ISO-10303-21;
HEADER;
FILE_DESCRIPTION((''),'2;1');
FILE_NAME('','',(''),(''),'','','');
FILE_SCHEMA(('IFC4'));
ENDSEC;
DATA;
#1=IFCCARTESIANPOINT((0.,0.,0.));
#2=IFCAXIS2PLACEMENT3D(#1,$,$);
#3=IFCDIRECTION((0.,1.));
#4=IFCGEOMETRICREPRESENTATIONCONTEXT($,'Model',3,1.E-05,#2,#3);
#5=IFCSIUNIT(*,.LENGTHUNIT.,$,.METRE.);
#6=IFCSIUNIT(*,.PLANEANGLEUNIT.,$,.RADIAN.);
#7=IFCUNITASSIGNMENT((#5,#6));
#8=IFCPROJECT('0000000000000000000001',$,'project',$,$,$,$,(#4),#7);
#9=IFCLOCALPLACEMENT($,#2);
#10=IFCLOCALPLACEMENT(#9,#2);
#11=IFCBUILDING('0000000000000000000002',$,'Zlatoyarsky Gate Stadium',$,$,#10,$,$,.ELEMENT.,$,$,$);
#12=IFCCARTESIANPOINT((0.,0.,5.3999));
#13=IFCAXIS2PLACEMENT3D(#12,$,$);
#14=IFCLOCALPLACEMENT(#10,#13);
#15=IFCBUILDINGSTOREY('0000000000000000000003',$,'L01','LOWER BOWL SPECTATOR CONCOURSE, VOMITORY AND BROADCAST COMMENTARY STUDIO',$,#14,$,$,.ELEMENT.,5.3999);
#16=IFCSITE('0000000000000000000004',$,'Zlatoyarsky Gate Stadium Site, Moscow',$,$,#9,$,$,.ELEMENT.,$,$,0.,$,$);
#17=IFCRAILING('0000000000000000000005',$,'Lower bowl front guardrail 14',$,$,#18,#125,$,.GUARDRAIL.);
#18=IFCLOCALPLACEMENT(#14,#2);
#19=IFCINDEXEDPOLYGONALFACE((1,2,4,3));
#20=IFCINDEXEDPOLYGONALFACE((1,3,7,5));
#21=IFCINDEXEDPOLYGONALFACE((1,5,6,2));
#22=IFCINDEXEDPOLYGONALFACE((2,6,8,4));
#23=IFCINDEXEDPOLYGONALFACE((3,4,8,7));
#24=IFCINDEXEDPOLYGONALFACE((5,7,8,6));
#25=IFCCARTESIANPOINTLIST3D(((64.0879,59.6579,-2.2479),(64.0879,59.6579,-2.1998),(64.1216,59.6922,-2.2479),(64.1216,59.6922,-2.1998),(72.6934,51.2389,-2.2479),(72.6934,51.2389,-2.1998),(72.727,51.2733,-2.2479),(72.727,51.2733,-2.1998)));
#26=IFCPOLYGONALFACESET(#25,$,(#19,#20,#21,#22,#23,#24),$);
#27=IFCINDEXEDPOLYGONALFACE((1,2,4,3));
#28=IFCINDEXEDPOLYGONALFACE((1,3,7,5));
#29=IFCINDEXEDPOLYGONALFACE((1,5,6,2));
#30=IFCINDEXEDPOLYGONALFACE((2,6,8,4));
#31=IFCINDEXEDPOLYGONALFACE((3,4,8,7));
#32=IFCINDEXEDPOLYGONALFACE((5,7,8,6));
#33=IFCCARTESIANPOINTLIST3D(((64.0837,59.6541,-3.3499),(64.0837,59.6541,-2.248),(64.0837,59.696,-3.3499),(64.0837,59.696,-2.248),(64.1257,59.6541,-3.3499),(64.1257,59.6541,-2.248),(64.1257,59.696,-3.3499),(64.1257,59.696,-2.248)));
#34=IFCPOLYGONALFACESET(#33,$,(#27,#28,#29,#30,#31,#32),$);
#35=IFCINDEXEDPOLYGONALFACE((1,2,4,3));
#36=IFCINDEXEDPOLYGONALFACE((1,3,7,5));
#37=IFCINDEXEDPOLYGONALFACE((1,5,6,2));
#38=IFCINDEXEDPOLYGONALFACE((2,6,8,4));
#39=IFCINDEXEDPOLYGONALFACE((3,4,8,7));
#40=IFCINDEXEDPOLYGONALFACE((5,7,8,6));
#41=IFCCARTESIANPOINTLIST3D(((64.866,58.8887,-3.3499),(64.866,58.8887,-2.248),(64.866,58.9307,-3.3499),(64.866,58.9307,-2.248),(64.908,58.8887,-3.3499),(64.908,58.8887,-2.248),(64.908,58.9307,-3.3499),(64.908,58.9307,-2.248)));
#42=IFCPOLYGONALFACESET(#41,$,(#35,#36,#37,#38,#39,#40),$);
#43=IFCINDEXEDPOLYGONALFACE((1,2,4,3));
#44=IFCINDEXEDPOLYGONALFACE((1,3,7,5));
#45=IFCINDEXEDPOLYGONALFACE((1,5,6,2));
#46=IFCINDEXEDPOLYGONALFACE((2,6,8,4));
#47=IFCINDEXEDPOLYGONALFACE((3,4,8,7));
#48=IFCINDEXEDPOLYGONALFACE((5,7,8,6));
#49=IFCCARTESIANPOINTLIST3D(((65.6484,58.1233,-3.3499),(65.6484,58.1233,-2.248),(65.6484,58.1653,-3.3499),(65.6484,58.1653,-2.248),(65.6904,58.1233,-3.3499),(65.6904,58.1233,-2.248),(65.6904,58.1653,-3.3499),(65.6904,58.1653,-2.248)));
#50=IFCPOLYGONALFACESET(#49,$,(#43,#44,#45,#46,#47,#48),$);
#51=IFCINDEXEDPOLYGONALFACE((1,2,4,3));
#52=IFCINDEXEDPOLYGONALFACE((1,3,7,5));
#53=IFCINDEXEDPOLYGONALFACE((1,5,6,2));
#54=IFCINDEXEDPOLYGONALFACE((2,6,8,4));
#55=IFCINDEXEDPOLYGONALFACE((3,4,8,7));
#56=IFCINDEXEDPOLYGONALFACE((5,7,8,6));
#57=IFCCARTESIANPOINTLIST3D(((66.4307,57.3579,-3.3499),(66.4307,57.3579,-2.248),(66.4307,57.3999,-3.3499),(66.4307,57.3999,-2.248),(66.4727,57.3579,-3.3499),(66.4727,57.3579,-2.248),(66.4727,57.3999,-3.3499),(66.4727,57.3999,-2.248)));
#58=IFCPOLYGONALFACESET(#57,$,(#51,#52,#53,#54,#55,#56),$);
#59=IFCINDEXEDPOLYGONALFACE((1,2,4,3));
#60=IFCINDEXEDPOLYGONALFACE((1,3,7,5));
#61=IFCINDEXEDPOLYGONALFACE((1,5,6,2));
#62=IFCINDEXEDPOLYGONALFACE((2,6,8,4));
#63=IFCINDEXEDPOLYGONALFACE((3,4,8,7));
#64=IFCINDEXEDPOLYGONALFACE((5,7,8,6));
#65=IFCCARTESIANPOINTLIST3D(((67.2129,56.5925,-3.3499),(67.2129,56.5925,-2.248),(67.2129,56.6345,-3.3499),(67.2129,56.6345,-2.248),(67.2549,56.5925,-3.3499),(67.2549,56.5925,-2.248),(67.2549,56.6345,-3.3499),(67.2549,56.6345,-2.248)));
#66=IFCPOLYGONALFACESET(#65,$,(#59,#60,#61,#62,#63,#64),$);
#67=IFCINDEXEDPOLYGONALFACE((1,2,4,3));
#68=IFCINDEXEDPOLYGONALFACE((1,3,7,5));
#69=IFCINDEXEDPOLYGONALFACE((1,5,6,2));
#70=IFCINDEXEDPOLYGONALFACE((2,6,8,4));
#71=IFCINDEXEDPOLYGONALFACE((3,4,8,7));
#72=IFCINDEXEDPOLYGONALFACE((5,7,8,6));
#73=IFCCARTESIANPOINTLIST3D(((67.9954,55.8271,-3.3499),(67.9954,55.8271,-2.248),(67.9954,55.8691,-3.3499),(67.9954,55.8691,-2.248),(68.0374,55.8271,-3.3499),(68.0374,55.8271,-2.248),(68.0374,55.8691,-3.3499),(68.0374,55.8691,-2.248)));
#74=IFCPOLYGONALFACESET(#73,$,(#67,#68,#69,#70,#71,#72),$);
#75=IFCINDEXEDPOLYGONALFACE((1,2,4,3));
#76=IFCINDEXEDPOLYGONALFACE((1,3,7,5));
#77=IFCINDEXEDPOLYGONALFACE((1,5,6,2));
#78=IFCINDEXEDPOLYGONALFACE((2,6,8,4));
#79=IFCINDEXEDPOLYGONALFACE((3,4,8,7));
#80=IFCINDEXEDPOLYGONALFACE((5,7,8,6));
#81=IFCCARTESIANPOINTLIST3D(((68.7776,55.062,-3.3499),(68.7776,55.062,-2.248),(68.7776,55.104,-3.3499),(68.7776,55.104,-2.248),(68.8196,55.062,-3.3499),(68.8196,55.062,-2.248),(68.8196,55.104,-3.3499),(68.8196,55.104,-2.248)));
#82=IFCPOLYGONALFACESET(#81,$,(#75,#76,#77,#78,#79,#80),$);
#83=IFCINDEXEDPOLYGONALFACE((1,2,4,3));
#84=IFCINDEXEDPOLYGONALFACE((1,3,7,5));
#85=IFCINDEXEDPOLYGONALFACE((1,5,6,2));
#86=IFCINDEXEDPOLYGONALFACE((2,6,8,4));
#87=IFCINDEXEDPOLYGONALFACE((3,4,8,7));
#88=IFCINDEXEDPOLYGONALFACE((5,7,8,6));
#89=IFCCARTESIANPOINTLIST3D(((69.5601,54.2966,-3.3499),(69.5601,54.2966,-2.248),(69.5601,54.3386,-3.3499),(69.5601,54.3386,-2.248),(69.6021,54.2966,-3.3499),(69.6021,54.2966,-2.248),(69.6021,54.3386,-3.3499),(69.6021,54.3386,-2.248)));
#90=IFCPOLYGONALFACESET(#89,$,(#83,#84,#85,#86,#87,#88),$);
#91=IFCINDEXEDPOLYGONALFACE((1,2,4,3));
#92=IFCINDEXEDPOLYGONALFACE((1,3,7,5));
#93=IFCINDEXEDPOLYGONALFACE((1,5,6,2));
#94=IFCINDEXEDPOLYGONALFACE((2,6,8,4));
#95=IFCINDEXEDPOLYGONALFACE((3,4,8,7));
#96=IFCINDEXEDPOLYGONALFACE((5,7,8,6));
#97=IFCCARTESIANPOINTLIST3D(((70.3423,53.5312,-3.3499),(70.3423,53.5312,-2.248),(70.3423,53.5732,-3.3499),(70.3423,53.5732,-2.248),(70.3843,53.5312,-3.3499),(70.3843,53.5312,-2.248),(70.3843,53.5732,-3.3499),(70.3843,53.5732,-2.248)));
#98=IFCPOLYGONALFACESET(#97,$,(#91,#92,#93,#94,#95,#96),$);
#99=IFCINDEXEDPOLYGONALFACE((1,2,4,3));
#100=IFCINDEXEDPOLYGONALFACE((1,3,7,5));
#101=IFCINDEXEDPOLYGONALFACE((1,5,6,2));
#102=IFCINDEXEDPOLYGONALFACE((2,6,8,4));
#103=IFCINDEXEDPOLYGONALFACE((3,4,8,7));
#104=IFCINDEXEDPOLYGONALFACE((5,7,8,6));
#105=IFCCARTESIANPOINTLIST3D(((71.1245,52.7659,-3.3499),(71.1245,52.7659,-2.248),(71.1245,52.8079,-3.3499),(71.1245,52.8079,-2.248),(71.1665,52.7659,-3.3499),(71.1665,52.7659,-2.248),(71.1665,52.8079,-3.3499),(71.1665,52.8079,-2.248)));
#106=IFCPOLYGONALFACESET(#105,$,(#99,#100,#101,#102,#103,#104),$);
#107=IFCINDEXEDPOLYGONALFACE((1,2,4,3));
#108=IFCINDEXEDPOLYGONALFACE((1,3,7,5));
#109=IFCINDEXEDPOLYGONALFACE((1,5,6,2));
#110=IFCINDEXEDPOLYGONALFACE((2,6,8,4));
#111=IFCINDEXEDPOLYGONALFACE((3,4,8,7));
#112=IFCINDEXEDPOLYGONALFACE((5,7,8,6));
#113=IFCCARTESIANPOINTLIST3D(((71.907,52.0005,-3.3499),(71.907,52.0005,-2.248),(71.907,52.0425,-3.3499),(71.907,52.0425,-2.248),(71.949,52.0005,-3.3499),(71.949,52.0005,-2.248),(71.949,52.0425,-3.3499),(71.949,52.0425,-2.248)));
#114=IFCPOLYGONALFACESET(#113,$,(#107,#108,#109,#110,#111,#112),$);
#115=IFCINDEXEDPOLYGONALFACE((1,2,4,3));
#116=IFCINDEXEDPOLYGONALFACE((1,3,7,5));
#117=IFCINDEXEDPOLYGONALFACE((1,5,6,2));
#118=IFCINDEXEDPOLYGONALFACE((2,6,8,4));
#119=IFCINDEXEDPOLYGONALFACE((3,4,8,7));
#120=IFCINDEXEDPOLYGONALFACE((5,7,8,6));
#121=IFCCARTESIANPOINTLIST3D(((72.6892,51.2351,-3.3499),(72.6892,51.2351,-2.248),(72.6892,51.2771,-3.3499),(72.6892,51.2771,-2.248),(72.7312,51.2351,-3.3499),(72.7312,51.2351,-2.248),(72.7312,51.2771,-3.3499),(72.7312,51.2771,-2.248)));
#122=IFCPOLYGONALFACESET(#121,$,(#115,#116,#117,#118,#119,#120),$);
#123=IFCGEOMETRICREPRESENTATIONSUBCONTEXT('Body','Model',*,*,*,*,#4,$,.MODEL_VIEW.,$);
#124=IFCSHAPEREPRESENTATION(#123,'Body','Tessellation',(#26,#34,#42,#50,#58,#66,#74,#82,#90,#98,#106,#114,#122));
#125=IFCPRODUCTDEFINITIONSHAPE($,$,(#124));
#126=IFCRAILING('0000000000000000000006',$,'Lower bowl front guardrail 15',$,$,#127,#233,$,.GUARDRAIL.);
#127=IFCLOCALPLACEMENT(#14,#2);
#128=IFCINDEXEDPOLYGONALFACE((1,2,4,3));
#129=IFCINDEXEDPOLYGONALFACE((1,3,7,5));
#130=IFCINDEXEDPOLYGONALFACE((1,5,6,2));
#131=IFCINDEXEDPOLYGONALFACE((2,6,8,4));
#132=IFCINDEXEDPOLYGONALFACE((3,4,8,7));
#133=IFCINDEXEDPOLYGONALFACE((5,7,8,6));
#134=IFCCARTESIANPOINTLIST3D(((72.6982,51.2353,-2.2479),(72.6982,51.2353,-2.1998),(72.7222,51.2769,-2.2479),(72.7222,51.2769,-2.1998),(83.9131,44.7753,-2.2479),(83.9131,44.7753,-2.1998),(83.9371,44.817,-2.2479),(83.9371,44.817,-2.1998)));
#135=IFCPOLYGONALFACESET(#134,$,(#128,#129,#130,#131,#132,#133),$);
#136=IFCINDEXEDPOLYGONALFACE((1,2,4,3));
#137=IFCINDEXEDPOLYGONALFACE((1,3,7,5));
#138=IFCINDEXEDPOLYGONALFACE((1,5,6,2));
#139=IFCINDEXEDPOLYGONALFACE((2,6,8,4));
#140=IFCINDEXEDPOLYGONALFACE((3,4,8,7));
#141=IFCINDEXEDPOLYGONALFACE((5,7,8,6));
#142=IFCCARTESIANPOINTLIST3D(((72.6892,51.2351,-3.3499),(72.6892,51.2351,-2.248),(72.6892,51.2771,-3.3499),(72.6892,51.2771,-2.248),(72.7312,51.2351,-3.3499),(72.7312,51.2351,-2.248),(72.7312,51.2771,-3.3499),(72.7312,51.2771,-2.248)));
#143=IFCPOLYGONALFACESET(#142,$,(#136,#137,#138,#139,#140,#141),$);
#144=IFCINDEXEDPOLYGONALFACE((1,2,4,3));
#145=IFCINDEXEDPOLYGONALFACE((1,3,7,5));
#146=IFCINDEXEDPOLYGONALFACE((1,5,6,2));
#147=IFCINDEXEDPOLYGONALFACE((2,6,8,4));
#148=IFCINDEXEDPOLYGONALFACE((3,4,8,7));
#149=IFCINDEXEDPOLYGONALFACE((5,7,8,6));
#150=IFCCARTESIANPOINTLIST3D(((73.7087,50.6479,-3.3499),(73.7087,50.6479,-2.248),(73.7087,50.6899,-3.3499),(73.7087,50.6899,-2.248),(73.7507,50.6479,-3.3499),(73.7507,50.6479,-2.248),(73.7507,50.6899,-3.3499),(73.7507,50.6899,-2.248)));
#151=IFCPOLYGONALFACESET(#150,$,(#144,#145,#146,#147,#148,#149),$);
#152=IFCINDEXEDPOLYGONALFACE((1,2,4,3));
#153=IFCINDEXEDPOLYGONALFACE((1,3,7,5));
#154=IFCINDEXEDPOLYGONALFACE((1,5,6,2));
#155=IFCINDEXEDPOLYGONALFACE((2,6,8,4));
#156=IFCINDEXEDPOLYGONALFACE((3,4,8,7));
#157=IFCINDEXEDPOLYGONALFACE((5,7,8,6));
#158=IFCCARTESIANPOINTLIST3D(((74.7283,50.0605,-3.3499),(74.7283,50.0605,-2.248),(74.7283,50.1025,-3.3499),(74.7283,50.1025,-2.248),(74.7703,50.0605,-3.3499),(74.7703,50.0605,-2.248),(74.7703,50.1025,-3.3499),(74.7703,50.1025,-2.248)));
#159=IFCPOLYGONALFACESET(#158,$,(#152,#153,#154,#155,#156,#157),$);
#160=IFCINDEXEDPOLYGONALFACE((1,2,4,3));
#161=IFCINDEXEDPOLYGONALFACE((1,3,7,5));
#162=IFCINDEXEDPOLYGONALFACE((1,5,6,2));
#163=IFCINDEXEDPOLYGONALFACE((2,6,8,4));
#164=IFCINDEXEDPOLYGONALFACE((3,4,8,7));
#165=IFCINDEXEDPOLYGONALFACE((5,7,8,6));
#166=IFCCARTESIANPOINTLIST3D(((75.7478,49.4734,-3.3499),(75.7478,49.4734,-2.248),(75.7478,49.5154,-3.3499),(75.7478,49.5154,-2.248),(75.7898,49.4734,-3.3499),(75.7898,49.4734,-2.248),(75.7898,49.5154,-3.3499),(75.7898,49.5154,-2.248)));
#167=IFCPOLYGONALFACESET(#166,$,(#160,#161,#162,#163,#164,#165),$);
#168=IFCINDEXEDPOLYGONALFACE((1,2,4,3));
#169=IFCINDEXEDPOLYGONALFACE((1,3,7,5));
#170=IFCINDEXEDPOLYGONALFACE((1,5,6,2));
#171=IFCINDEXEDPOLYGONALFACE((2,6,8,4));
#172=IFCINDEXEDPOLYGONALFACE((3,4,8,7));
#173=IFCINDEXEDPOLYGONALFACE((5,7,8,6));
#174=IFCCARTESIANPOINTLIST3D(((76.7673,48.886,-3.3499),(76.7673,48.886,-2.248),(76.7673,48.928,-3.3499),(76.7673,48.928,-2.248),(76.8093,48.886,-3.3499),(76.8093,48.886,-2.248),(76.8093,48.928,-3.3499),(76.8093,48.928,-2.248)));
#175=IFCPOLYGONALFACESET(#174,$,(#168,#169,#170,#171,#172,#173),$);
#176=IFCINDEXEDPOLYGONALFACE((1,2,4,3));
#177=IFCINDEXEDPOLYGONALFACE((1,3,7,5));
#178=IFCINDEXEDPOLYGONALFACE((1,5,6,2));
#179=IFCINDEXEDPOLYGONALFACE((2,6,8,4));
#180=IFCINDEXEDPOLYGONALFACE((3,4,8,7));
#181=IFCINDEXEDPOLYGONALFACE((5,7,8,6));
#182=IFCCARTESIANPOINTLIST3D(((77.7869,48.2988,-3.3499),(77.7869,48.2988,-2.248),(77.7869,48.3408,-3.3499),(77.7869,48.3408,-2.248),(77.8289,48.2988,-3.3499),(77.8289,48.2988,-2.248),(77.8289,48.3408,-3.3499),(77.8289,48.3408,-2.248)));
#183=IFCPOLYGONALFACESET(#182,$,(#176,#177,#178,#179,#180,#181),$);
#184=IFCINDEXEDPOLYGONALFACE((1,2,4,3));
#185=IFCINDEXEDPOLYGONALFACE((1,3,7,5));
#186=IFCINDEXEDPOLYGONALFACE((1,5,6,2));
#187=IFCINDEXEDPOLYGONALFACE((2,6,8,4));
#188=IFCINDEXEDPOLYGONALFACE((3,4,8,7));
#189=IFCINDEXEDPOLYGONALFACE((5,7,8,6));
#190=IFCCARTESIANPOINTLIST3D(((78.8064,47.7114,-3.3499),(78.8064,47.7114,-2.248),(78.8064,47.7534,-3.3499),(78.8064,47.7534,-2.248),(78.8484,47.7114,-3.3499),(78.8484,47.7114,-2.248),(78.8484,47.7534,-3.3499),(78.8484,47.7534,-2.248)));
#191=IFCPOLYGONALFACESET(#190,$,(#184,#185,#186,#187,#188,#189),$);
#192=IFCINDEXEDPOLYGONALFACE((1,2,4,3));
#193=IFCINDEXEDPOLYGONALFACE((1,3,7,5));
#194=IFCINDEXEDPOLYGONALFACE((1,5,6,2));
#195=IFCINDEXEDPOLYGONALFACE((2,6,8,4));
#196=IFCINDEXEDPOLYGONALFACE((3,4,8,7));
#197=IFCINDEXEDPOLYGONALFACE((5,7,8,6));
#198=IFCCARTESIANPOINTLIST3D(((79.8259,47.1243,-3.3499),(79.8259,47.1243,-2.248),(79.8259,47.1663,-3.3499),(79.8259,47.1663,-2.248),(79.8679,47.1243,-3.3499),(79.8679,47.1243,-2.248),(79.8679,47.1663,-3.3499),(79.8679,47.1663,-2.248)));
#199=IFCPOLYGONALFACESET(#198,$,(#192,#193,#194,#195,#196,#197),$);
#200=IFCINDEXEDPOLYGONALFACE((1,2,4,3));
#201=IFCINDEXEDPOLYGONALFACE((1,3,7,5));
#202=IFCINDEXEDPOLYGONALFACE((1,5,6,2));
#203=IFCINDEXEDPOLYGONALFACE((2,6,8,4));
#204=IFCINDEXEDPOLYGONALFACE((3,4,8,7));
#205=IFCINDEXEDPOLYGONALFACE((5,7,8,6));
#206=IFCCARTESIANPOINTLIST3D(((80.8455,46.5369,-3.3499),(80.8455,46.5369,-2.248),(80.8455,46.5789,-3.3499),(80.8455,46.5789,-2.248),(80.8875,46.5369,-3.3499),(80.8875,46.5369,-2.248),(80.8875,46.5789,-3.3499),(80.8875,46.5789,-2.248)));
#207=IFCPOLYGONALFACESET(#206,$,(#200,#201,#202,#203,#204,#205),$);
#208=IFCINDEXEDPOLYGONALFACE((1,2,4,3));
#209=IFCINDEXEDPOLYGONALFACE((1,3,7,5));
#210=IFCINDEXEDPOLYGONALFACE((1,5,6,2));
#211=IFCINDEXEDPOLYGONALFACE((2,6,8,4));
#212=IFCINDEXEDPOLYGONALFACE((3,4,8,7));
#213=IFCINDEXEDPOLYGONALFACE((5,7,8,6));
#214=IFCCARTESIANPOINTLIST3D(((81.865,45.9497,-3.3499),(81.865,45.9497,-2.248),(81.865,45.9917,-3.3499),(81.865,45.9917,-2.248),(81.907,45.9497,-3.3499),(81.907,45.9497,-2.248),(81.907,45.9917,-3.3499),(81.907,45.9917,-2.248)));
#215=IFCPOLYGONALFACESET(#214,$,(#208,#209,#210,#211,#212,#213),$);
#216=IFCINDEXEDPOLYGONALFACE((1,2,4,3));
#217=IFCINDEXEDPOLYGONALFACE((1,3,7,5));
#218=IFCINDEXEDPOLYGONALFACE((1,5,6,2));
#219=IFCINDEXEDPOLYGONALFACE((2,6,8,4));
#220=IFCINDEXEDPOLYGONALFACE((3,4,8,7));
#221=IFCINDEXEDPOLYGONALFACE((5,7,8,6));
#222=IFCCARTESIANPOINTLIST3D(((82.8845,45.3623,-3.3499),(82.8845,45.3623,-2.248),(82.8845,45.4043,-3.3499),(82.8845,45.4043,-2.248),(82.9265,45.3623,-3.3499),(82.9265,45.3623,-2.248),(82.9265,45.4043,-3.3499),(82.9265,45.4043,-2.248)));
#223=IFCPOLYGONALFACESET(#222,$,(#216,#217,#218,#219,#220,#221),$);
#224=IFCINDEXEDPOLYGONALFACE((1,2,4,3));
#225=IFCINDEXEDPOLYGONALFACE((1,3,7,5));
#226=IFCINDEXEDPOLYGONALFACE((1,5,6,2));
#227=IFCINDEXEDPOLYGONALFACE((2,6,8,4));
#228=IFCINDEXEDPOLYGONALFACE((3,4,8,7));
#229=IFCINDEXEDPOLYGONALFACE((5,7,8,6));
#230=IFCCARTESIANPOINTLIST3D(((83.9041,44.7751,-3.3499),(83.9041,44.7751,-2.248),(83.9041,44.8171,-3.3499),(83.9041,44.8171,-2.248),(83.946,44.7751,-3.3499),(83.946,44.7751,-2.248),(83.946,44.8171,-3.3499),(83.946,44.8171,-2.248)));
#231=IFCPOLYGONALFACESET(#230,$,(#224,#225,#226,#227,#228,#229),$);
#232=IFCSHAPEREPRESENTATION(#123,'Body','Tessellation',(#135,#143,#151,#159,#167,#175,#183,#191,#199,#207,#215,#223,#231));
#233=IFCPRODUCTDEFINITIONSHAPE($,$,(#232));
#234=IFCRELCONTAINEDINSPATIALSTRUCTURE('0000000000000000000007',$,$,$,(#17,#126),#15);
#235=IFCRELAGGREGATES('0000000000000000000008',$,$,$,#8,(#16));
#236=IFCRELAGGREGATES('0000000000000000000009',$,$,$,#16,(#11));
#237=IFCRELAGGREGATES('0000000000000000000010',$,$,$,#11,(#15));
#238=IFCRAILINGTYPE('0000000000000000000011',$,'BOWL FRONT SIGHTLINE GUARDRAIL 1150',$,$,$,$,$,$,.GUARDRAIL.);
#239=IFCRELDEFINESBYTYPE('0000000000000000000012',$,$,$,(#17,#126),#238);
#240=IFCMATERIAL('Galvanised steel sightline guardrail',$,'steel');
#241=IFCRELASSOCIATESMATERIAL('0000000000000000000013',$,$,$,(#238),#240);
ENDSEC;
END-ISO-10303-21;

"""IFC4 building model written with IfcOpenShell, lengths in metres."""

from ifc_helpers import new_model, si_unit, direction, frame, origin, origin_2d, place, context, subcontext, project, spatial, rectangle, extrude, material, type_object, element, save


model = new_model("IFC4")

# Units and contexts
model_context = context("Model", 3, precision=1e-05, world=origin(), true_north=direction((0.0, 1.0)))
body_context = subcontext(model_context, "Body", "Model", "MODEL_VIEW")
ifc_project = project(units=[si_unit("LENGTHUNIT", "METRE"), si_unit("PLANEANGLEUNIT", "RADIAN")], contexts=[model_context])

# Site, building, storey
site_placement = place(None, origin())
site = spatial("IfcSite", under=ifc_project, at=site_placement, Name="Zlatoyarsky Gate Stadium Site, Moscow", CompositionType="ELEMENT", RefElevation=0.0)
building_placement = place(site_placement, origin())
building = spatial("IfcBuilding", under=site, at=building_placement, Name="Zlatoyarsky Gate Stadium", CompositionType="ELEMENT")
storey_placement = place(building_placement, frame((0.0, 0.0, 5.3999)))
storey = spatial("IfcBuildingStorey", under=building, at=storey_placement, Name="L01", Description="LOWER BOWL SPECTATOR CONCOURSE, VOMITORY AND BROADCAST COMMENTARY STUDIO", CompositionType="ELEMENT", Elevation=5.3999)

# Railings
ifc_material_1 = material(Name="Galvanised steel sightline guardrail", Category="steel")
railing_type_1 = type_object("IfcRailingType", Name="BOWL FRONT SIGHTLINE GUARDRAIL 1150", PredefinedType="GUARDRAIL", material=ifc_material_1)
railing_1_placement = place(storey_placement, frame((64.1047, 59.675, -3.3499)))
element("IfcRailing", 1, at=railing_1_placement, inside=storey, type_object=railing_type_1, Name="Lower bowl front guardrail 14", PredefinedType="GUARDRAIL", context=body_context, shape_type="SweptSolid", body=[
    extrude(rectangle(XDim=0.0481, YDim=0.0481, at=origin_2d()), frame((0.0, 0.0, 1.126), z_axis=(0.714811, -0.699318, 0.0), x_axis=(0.699318, 0.714811, 0.0)), (0.0, 0.0, 1.0), 12.0388),
    extrude(rectangle(XDim=0.042, YDim=0.042, at=origin_2d()), origin(), (0.0, 0.0, 1.0), 1.1018),
    extrude(rectangle(XDim=0.042, YDim=0.042, at=origin_2d()), frame((0.7822, -0.7654, 0.0)), (0.0, 0.0, 1.0), 1.1018),
    extrude(rectangle(XDim=0.042, YDim=0.042, at=origin_2d()), frame((1.5647, -1.5308, 0.0)), (0.0, 0.0, 1.0), 1.1018),
    extrude(rectangle(XDim=0.042, YDim=0.042, at=origin_2d()), frame((2.3469, -2.2961, 0.0)), (0.0, 0.0, 1.0), 1.1018),
    extrude(rectangle(XDim=0.042, YDim=0.042, at=origin_2d()), frame((3.1292, -3.0615, 0.0)), (0.0, 0.0, 1.0), 1.1018),
    extrude(rectangle(XDim=0.042, YDim=0.042, at=origin_2d()), frame((3.9116, -3.8269, 0.0)), (0.0, 0.0, 1.0), 1.1018),
    extrude(rectangle(XDim=0.042, YDim=0.042, at=origin_2d()), frame((4.6938, -4.592, 0.0)), (0.0, 0.0, 1.0), 1.1018),
    extrude(rectangle(XDim=0.042, YDim=0.042, at=origin_2d()), frame((5.4763, -5.3574, 0.0)), (0.0, 0.0, 1.0), 1.1018),
    extrude(rectangle(XDim=0.042, YDim=0.042, at=origin_2d()), frame((6.2585, -6.1228, 0.0)), (0.0, 0.0, 1.0), 1.1018),
    extrude(rectangle(XDim=0.042, YDim=0.042, at=origin_2d()), frame((7.0408, -6.8882, 0.0)), (0.0, 0.0, 1.0), 1.1018),
    extrude(rectangle(XDim=0.042, YDim=0.042, at=origin_2d()), frame((7.8232, -7.6536, 0.0)), (0.0, 0.0, 1.0), 1.1018),
    extrude(rectangle(XDim=0.042, YDim=0.042, at=origin_2d()), frame((8.6055, -8.4189, 0.0)), (0.0, 0.0, 1.0), 1.1018),
])
railing_2_placement = place(storey_placement, frame((72.7102, 51.2561, -3.3499)))
element("IfcRailing", 2, at=railing_2_placement, inside=storey, type_object=railing_type_1, Name="Lower bowl front guardrail 15", PredefinedType="GUARDRAIL", context=body_context, shape_type="SweptSolid", body=[
    extrude(rectangle(XDim=0.0481, YDim=0.0481, at=origin_2d()), frame((0.0, 0.0, 1.126), z_axis=(0.866525, -0.499134, 0.0), x_axis=(0.499134, 0.866525, 0.0)), (0.0, 0.0, 1.0), 12.9424),
    extrude(rectangle(XDim=0.042, YDim=0.042, at=origin_2d()), origin(), (0.0, 0.0, 1.0), 1.1018),
    extrude(rectangle(XDim=0.042, YDim=0.042, at=origin_2d()), frame((1.0195, -0.5872, 0.0)), (0.0, 0.0, 1.0), 1.1018),
    extrude(rectangle(XDim=0.042, YDim=0.042, at=origin_2d()), frame((2.0391, -1.1746, 0.0)), (0.0, 0.0, 1.0), 1.1018),
    extrude(rectangle(XDim=0.042, YDim=0.042, at=origin_2d()), frame((3.0586, -1.7617, 0.0)), (0.0, 0.0, 1.0), 1.1018),
    extrude(rectangle(XDim=0.042, YDim=0.042, at=origin_2d()), frame((4.0781, -2.3491, 0.0)), (0.0, 0.0, 1.0), 1.1018),
    extrude(rectangle(XDim=0.042, YDim=0.042, at=origin_2d()), frame((5.0977, -2.9363, 0.0)), (0.0, 0.0, 1.0), 1.1018),
    extrude(rectangle(XDim=0.042, YDim=0.042, at=origin_2d()), frame((6.1172, -3.5237, 0.0)), (0.0, 0.0, 1.0), 1.1018),
    extrude(rectangle(XDim=0.042, YDim=0.042, at=origin_2d()), frame((7.1367, -4.1108, 0.0)), (0.0, 0.0, 1.0), 1.1018),
    extrude(rectangle(XDim=0.042, YDim=0.042, at=origin_2d()), frame((8.1562, -4.6982, 0.0)), (0.0, 0.0, 1.0), 1.1018),
    extrude(rectangle(XDim=0.042, YDim=0.042, at=origin_2d()), frame((9.1758, -5.2854, 0.0)), (0.0, 0.0, 1.0), 1.1018),
    extrude(rectangle(XDim=0.042, YDim=0.042, at=origin_2d()), frame((10.1953, -5.8728, 0.0)), (0.0, 0.0, 1.0), 1.1018),
    extrude(rectangle(XDim=0.042, YDim=0.042, at=origin_2d()), frame((11.2148, -6.46, 0.0)), (0.0, 0.0, 1.0), 1.1018),
])

save(model, "model.ifc")
